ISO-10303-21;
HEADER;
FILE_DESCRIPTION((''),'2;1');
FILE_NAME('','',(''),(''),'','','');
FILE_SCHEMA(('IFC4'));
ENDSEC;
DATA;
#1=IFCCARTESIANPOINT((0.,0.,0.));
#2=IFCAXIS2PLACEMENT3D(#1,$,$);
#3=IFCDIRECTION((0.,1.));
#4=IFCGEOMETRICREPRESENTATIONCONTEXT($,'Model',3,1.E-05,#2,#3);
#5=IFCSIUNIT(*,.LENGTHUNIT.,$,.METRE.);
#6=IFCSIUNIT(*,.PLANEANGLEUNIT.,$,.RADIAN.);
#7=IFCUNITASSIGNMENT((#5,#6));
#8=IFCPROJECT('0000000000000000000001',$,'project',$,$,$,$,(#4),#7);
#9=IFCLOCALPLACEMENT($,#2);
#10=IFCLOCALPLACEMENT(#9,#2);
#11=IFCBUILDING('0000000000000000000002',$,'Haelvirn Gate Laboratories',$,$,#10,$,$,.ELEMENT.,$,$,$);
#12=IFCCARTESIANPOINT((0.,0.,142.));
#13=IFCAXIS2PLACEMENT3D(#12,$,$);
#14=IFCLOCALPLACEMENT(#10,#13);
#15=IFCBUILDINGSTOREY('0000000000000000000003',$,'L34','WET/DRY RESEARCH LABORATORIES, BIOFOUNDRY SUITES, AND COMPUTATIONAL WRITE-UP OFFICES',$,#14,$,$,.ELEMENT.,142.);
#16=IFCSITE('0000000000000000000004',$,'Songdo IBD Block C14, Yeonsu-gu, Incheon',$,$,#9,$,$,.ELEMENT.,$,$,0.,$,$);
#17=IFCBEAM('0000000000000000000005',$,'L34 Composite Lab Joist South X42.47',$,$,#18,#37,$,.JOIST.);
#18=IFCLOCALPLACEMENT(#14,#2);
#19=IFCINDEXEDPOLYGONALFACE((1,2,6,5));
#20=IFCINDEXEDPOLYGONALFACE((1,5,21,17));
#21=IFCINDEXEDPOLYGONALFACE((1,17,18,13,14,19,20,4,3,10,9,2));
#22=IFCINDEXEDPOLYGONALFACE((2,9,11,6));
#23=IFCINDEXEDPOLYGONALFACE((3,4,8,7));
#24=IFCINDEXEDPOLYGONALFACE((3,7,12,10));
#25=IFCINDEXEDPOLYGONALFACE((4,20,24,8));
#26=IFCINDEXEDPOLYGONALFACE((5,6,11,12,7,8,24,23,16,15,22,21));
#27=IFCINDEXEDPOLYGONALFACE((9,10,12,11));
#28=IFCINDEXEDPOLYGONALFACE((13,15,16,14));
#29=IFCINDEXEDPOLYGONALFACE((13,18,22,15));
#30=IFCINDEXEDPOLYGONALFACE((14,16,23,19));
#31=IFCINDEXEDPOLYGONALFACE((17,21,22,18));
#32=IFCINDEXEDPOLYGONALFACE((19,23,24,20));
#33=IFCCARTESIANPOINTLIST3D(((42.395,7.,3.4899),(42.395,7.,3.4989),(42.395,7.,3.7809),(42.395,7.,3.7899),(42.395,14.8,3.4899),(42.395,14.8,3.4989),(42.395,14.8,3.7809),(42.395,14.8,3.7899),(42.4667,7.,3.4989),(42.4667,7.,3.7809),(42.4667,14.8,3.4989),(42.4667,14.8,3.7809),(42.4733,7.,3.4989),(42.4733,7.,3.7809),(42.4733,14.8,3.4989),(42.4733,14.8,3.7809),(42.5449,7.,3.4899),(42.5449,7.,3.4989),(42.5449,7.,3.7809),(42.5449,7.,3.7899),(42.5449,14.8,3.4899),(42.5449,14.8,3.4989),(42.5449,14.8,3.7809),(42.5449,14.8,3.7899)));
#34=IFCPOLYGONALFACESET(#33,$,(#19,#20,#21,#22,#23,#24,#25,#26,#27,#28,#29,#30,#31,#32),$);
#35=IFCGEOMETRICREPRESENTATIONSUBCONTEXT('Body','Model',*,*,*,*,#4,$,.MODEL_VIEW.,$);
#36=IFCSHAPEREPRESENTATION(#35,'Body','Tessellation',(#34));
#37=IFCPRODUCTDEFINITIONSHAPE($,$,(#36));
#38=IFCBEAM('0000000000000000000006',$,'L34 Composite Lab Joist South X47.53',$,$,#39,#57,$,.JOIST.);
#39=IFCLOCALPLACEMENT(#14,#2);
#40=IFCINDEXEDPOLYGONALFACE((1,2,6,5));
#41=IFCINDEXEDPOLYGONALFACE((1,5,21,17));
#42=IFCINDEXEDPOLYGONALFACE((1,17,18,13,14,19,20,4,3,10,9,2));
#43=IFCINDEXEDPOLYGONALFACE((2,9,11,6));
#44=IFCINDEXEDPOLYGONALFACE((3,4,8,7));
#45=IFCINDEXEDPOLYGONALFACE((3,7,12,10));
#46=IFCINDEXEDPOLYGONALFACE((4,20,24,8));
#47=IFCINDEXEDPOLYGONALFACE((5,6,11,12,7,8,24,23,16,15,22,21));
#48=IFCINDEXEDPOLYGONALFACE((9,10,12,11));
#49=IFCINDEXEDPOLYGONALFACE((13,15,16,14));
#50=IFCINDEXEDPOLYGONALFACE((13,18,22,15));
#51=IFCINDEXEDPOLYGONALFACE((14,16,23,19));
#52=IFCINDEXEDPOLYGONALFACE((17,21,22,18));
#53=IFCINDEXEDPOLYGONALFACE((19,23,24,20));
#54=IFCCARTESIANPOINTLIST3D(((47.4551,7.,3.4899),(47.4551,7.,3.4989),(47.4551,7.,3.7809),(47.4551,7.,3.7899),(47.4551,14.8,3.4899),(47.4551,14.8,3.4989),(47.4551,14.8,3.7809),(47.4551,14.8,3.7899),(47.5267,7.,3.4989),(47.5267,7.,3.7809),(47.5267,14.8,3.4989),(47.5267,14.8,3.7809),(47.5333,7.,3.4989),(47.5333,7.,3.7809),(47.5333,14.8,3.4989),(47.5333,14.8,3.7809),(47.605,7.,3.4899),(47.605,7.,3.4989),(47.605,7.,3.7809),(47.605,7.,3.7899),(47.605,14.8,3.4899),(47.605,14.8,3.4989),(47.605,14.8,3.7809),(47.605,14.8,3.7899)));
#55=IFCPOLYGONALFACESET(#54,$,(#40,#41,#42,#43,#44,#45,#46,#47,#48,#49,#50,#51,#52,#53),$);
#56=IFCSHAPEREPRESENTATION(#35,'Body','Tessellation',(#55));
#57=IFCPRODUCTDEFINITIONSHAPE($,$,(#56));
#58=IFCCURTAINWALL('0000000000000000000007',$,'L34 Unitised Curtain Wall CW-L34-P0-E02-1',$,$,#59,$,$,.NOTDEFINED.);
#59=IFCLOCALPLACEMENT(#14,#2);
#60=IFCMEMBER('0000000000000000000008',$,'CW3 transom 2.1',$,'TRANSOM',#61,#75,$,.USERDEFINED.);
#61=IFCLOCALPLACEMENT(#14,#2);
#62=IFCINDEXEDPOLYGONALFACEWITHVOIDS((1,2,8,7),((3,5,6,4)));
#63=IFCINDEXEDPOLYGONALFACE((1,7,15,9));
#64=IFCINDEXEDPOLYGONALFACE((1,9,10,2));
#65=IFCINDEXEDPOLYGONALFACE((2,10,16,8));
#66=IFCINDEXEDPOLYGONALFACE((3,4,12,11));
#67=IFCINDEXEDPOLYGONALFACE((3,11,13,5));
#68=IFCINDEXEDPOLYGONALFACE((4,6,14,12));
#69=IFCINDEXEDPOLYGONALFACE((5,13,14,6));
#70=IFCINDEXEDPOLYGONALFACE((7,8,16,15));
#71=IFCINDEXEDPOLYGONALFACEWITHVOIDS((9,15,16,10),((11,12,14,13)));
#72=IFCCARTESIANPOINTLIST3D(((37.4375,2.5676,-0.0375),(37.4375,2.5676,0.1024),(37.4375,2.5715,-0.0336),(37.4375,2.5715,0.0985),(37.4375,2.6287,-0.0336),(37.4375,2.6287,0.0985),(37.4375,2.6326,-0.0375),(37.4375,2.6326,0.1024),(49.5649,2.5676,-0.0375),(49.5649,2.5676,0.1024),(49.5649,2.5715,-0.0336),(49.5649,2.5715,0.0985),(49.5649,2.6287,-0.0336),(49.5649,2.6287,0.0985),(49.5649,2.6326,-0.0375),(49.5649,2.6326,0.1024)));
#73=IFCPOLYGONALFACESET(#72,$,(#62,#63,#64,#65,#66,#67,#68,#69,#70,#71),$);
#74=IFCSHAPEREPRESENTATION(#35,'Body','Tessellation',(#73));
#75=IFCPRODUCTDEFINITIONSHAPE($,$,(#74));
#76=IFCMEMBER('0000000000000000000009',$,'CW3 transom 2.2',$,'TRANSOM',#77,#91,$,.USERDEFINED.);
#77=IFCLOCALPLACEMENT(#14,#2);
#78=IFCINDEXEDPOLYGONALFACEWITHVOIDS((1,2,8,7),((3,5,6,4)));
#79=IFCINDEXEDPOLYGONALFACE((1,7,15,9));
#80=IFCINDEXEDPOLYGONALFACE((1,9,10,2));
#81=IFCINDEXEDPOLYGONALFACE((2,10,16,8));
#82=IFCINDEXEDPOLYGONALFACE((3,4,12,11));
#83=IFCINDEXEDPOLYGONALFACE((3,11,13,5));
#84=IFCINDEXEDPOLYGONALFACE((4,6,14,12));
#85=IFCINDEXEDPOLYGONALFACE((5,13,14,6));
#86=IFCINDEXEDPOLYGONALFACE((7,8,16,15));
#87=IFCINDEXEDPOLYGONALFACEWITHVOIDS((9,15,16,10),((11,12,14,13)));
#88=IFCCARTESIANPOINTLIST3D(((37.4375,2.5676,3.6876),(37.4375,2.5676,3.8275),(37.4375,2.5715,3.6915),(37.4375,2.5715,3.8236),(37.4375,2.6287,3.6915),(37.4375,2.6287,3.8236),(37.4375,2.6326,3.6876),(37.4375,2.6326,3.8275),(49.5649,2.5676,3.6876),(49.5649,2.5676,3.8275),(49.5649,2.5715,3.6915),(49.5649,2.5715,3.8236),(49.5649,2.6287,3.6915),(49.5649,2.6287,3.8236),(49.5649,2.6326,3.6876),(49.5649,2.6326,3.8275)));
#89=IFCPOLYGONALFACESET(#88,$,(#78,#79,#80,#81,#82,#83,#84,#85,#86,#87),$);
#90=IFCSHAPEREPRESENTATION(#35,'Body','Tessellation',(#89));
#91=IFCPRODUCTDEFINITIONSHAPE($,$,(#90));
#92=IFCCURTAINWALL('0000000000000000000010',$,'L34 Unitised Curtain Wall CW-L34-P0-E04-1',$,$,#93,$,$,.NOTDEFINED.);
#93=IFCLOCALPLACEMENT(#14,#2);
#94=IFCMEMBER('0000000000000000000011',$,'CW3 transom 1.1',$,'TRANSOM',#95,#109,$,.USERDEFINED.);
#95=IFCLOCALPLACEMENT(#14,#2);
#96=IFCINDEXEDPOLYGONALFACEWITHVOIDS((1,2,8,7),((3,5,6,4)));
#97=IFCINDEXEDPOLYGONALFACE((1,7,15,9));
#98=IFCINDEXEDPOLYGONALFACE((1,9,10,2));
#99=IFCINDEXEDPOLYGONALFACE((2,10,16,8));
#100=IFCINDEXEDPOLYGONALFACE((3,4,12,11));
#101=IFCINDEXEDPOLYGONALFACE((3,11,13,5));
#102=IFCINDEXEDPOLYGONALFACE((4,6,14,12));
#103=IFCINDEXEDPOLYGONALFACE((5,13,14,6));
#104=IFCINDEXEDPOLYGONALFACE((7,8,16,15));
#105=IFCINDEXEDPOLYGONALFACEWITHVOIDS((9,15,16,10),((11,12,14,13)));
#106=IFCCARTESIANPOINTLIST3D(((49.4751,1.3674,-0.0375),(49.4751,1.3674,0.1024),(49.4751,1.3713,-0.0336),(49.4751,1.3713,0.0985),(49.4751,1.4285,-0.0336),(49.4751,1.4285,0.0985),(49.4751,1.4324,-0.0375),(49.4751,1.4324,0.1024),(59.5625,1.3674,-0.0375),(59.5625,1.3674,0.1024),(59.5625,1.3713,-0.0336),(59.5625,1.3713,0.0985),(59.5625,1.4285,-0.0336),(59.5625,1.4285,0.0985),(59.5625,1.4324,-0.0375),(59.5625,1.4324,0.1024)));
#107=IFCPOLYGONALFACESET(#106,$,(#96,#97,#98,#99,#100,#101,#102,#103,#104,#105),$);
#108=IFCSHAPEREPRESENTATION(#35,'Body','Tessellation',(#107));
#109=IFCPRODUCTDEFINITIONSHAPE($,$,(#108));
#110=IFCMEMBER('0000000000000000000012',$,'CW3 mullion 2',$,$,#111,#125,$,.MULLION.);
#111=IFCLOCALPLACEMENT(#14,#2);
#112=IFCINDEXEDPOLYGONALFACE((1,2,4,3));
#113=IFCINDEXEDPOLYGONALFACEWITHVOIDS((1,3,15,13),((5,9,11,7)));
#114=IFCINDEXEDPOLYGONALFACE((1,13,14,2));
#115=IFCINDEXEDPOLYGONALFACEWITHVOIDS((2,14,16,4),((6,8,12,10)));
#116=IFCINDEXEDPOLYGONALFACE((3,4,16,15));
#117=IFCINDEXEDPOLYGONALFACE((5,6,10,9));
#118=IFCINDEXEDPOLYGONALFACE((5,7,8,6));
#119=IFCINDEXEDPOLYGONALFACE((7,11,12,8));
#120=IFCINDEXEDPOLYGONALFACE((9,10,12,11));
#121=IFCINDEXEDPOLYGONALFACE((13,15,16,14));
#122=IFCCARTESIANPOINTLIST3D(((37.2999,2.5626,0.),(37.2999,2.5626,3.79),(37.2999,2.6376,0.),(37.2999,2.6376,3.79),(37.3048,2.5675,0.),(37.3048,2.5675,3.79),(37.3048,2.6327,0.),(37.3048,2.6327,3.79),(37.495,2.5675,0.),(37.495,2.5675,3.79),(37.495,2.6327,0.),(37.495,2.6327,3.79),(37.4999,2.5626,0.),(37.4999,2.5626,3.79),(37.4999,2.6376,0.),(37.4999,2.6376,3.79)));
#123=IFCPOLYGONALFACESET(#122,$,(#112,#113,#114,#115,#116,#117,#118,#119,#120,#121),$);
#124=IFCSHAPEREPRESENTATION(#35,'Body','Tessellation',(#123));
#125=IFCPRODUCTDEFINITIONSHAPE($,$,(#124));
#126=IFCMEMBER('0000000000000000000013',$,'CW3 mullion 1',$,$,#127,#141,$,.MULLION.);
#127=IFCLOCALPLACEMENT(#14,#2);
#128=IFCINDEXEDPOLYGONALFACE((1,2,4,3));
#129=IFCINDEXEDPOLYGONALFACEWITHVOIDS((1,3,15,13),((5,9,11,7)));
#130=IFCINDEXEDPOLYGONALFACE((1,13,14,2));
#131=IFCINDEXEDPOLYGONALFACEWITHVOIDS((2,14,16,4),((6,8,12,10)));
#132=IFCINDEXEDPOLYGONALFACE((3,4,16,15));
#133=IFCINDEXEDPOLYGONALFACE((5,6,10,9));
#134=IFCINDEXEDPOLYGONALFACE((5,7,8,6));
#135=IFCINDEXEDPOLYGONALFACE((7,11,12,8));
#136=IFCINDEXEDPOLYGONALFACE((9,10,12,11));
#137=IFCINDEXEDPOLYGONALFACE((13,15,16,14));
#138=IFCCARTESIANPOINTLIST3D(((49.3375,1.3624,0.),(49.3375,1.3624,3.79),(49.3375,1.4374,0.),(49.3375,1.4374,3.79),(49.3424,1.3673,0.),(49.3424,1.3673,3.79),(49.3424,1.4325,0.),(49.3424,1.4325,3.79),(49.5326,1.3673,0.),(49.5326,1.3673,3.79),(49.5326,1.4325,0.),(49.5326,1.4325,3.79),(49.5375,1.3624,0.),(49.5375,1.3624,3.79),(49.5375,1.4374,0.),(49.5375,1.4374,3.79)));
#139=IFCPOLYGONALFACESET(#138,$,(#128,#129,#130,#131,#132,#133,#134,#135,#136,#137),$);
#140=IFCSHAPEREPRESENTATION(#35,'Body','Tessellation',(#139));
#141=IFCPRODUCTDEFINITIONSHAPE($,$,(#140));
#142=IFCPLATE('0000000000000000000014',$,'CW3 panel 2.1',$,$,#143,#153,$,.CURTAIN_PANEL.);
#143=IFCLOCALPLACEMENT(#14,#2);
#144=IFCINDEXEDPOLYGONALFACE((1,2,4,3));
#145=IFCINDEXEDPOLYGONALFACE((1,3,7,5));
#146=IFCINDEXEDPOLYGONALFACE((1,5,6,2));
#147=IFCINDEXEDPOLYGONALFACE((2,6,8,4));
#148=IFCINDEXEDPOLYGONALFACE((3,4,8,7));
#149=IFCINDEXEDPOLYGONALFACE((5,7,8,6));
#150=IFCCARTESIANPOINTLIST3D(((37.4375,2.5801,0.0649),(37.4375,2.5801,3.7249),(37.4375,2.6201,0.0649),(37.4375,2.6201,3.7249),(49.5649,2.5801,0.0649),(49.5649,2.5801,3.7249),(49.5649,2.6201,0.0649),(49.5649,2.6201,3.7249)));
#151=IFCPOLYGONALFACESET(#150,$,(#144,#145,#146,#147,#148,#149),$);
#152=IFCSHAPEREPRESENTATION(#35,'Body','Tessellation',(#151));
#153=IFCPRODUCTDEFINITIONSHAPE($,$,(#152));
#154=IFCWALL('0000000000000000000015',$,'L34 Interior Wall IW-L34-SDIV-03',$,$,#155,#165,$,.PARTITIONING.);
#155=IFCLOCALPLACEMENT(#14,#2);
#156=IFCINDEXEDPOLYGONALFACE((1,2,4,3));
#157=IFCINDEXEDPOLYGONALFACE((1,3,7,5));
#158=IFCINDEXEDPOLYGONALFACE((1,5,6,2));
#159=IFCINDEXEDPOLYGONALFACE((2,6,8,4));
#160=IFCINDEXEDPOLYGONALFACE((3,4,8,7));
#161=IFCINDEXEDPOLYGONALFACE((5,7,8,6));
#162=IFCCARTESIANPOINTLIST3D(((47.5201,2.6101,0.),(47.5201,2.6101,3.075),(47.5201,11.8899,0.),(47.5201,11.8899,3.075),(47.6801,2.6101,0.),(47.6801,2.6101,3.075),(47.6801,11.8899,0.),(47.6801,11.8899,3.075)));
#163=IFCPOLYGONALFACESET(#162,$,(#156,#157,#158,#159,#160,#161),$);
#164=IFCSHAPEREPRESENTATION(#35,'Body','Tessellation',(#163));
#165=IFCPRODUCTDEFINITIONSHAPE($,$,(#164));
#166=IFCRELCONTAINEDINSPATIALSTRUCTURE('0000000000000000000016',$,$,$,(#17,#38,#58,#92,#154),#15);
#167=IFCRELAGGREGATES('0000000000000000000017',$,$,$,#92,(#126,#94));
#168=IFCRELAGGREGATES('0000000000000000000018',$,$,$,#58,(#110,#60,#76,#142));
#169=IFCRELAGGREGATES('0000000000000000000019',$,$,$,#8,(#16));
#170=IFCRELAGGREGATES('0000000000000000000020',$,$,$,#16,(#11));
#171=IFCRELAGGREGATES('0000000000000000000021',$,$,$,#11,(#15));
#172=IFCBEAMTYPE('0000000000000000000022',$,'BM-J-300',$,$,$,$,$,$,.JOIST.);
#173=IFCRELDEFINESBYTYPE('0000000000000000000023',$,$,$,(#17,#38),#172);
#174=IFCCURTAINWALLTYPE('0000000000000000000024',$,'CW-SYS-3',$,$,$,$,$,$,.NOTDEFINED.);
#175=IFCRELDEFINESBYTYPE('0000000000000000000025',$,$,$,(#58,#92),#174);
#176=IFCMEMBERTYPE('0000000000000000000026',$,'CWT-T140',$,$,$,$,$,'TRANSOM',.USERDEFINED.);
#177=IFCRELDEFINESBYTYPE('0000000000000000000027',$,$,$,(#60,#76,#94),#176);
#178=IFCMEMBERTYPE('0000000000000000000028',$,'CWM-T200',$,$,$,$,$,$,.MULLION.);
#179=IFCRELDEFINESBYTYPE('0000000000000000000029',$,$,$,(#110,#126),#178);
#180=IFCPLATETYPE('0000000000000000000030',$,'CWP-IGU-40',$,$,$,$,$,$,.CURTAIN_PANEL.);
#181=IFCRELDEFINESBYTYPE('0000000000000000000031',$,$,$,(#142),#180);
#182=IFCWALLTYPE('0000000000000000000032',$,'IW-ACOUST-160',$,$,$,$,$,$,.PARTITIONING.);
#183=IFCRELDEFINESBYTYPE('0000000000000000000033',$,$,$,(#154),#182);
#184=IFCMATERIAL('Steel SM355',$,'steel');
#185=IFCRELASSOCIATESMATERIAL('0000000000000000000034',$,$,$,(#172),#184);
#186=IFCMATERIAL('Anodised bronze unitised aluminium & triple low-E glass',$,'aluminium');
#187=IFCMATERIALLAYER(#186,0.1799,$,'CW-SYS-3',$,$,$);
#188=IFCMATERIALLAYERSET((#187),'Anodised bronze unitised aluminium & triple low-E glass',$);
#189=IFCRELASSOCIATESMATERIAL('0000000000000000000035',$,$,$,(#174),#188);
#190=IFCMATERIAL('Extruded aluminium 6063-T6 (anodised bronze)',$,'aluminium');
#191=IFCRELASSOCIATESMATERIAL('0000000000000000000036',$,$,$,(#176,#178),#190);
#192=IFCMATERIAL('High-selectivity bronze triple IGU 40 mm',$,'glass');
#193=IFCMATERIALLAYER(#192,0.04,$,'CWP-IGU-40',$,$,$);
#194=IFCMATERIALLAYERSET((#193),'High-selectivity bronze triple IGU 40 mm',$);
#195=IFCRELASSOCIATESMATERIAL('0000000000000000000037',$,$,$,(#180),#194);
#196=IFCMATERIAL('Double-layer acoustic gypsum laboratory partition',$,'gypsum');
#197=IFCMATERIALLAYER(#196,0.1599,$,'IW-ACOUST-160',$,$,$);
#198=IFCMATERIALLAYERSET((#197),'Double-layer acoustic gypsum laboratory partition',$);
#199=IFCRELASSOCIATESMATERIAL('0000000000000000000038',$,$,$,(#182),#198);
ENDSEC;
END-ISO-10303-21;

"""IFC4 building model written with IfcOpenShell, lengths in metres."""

from ifc_helpers import new_model, si_unit, direction, frame, frame_2d, origin, origin_2d, place, context, subcontext, project, spatial, rectangle, hollow_rectangle, i_section, extrude, source, transform, mapped, material, layer, layer_set, material_profile, profile_set, type_object, type_shapes, element, aggregate, save


model = new_model("IFC4")

# Units and contexts
model_context = context("Model", 3, precision=1e-05, world=origin(), true_north=direction((0.0, 1.0)))
body_context = subcontext(model_context, "Body", "Model", "MODEL_VIEW")
ifc_project = project(units=[si_unit("LENGTHUNIT", "METRE"), si_unit("PLANEANGLEUNIT", "RADIAN")], contexts=[model_context])

# Site, building, storey
site_placement = place(None, origin())
site = spatial("IfcSite", under=ifc_project, at=site_placement, Name="Songdo IBD Block C14, Yeonsu-gu, Incheon", CompositionType="ELEMENT", RefElevation=0.0)
building_placement = place(site_placement, origin())
building = spatial("IfcBuilding", under=site, at=building_placement, Name="Haelvirn Gate Laboratories", CompositionType="ELEMENT")
storey_placement = place(building_placement, frame((0.0, 0.0, 142.0)))
storey = spatial("IfcBuildingStorey", under=building, at=storey_placement, Name="L34", Description="WET/DRY RESEARCH LABORATORIES, BIOFOUNDRY SUITES, AND COMPUTATIONAL WRITE-UP OFFICES", CompositionType="ELEMENT", Elevation=142.0)

# Shared definitions
ifc_material_1 = material(Name="Steel SM355", Category="steel")

# Beams
ifc_material_profile_1 = material_profile(ifc_material_1, i_section(OverallWidth=0.1499, OverallDepth=0.3, WebThickness=0.0066, FlangeThickness=0.009, at=origin_2d()), Name="H-300x150x6.5x9")
ifc_profile_set_1 = profile_set([ifc_material_profile_1], Name="Steel SM355")
beam_type_1 = type_object("IfcBeamType", Name="BM-J-300", PredefinedType="JOIST", material=ifc_profile_set_1)
shared_shape_1 = source(origin(), body_context, "Body", "SweptSolid", [
    extrude(i_section(OverallWidth=0.1499, OverallDepth=0.3, WebThickness=0.0066, FlangeThickness=0.009, at=origin_2d()), origin(), (0.0, 0.0, 1.0), 7.8),
])
type_shapes(beam_type_1, [shared_shape_1])
for number, where, z_axis, x_axis, name in (
    (1, (42.47, 7.0, 3.6399), (0.0, 1.0, 0.0), (-1.0, 0.0, 0.0), "L34 Composite Lab Joist South X42.47"),
    (2, (47.53, 7.0, 3.6399), (0.0, 1.0, 0.0), (-1.0, 0.0, 0.0), "L34 Composite Lab Joist South X47.53"),
):
    element("IfcBeam", number, at=place(storey_placement, frame(where, z_axis=z_axis, x_axis=x_axis)), inside=storey, type_object=beam_type_1, Name=name, PredefinedType="JOIST", context=body_context, shape_type="MappedRepresentation", body=[
        mapped(shared_shape_1, transform((0.0, 0.0, 0.0), scale=1.0)),
    ])

# Curtain wall, members
ifc_material_2 = material(Name="Anodised bronze unitised aluminium & triple low-E glass", Category="aluminium")
ifc_layer_1 = layer(ifc_material_2, 0.1799, Name="CW-SYS-3")
ifc_layer_set_1 = layer_set([ifc_layer_1], Name="Anodised bronze unitised aluminium & triple low-E glass")
curtain_wall_type = type_object("IfcCurtainWallType", Name="CW-SYS-3", PredefinedType="NOTDEFINED", material=ifc_layer_set_1)
curtain_wall_1_placement = place(storey_placement, origin())
curtain_wall_1 = element("IfcCurtainWall", 3, at=curtain_wall_1_placement, inside=storey, type_object=curtain_wall_type, Name="L34 Unitised Curtain Wall CW-L34-P0-E02-1", PredefinedType="NOTDEFINED")
ifc_material_3 = material(Name="Extruded aluminium 6063-T6 (anodised bronze)", Category="aluminium")
ifc_material_profile_2 = material_profile(ifc_material_3, hollow_rectangle(XDim=0.0649, YDim=0.1399, WallThickness=0.0039, at=origin_2d()), Name="CWT-140x65x4")
ifc_profile_set_2 = profile_set([ifc_material_profile_2], Name="Extruded aluminium 6063-T6 (anodised bronze)")
member_type_1 = type_object("IfcMemberType", Name="CWT-T140", ElementType="TRANSOM", PredefinedType="USERDEFINED", material=ifc_profile_set_2)
shared_shape_2 = source(origin(), body_context, "Body", "SweptSolid", [
    extrude(hollow_rectangle(XDim=0.0649, YDim=0.1399, WallThickness=0.0039, at=origin_2d()), origin(), (0.0, 0.0, 1.0), 12.1274),
])
member_1_placement = place(storey_placement, frame((37.4375, 2.6001, 0.0325), z_axis=(1.0, 0.0, 0.0), x_axis=(0.0, 1.0, 0.0)))
member_1 = element("IfcMember", 4, at=member_1_placement, type_object=member_type_1, Name="CW3 transom 2.1", ObjectType="TRANSOM", PredefinedType="USERDEFINED", context=body_context, shape_type="MappedRepresentation", body=[
    mapped(shared_shape_2, transform((0.0, 0.0, 0.0), scale=1.0)),
])
member_2_placement = place(storey_placement, frame((37.4375, 2.6001, 3.7576), z_axis=(1.0, 0.0, 0.0), x_axis=(0.0, 1.0, 0.0)))
member_2 = element("IfcMember", 5, at=member_2_placement, type_object=member_type_1, Name="CW3 transom 2.2", ObjectType="TRANSOM", PredefinedType="USERDEFINED", context=body_context, shape_type="MappedRepresentation", body=[
    mapped(shared_shape_2, transform((0.0, 0.0, 0.0), scale=1.0)),
])

# Curtain wall, member
curtain_wall_2_placement = place(storey_placement, origin())
curtain_wall_2 = element("IfcCurtainWall", 6, at=curtain_wall_2_placement, inside=storey, type_object=curtain_wall_type, Name="L34 Unitised Curtain Wall CW-L34-P0-E04-1", PredefinedType="NOTDEFINED")
shared_shape_3 = source(origin(), body_context, "Body", "SweptSolid", [
    extrude(hollow_rectangle(XDim=0.0649, YDim=0.1399, WallThickness=0.0039, at=origin_2d()), origin(), (0.0, 0.0, 1.0), 10.0874),
])
type_shapes(member_type_1, [shared_shape_2, shared_shape_3])
member_3_placement = place(storey_placement, frame((49.4751, 1.3999, 0.0325), z_axis=(1.0, 0.0, 0.0), x_axis=(0.0, 1.0, 0.0)))
member_3 = element("IfcMember", 7, at=member_3_placement, type_object=member_type_1, Name="CW3 transom 1.1", ObjectType="TRANSOM", PredefinedType="USERDEFINED", context=body_context, shape_type="MappedRepresentation", body=[
    mapped(shared_shape_3, transform((0.0, 0.0, 0.0), scale=1.0)),
])

# Members
ifc_material_profile_3 = material_profile(ifc_material_3, hollow_rectangle(XDim=0.075, YDim=0.2, WallThickness=0.0049, at=origin_2d()), Name="CWM-200x75x5")
ifc_profile_set_3 = profile_set([ifc_material_profile_3], Name="Extruded aluminium 6063-T6 (anodised bronze)")
member_type_2 = type_object("IfcMemberType", Name="CWM-T200", PredefinedType="MULLION", material=ifc_profile_set_3)
shared_shape_4 = source(origin(), body_context, "Body", "SweptSolid", [
    extrude(hollow_rectangle(XDim=0.075, YDim=0.2, WallThickness=0.0049, at=origin_2d()), origin(), (0.0, 0.0, 1.0), 3.79),
])
type_shapes(member_type_2, [shared_shape_4])
member_4_placement = place(storey_placement, frame((37.3999, 2.6001, 0.0), z_axis=(0.0, 0.0, 1.0), x_axis=(0.0, 1.0, 0.0)))
member_4 = element("IfcMember", 8, at=member_4_placement, type_object=member_type_2, Name="CW3 mullion 2", PredefinedType="MULLION", context=body_context, shape_type="MappedRepresentation", body=[
    mapped(shared_shape_4, transform((0.0, 0.0, 0.0), scale=1.0)),
])
member_5_placement = place(storey_placement, frame((49.4375, 1.3999, 0.0), z_axis=(0.0, 0.0, 1.0), x_axis=(0.0, 1.0, 0.0)))
member_5 = element("IfcMember", 9, at=member_5_placement, type_object=member_type_2, Name="CW3 mullion 1", PredefinedType="MULLION", context=body_context, shape_type="MappedRepresentation", body=[
    mapped(shared_shape_4, transform((0.0, 0.0, 0.0), scale=1.0)),
])
aggregate(curtain_wall_2, [member_5, member_3])

# Plate
ifc_material_4 = material(Name="High-selectivity bronze triple IGU 40 mm", Category="glass")
ifc_layer_2 = layer(ifc_material_4, 0.04, Name="CWP-IGU-40")
ifc_layer_set_2 = layer_set([ifc_layer_2], Name="High-selectivity bronze triple IGU 40 mm")
plate_type = type_object("IfcPlateType", Name="CWP-IGU-40", PredefinedType="CURTAIN_PANEL", material=ifc_layer_set_2)
shared_shape_5 = source(origin(), body_context, "Body", "SweptSolid", [
    extrude(rectangle(XDim=12.1274, YDim=0.04, at=origin_2d()), origin(), (0.0, 0.0, 1.0), 3.6599),
])
type_shapes(plate_type, [shared_shape_5])
plate_placement = place(storey_placement, frame((43.5012, 2.6001, 0.0649), z_axis=(0.0, 0.0, 1.0), x_axis=(1.0, 0.0, 0.0)))
plate = element("IfcPlate", 10, at=plate_placement, type_object=plate_type, Name="CW3 panel 2.1", PredefinedType="CURTAIN_PANEL", context=body_context, shape_type="MappedRepresentation", body=[
    mapped(shared_shape_5, transform((0.0, 0.0, 0.0), scale=1.0)),
])
aggregate(curtain_wall_1, [member_4, member_1, member_2, plate])

# Wall
ifc_material_5 = material(Name="Double-layer acoustic gypsum laboratory partition", Category="gypsum")
ifc_layer_3 = layer(ifc_material_5, 0.1599, Name="IW-ACOUST-160")
ifc_layer_set_3 = layer_set([ifc_layer_3], Name="Double-layer acoustic gypsum laboratory partition")
wall_type_1 = type_object("IfcWallType", Name="IW-ACOUST-160", PredefinedType="PARTITIONING", material=ifc_layer_set_3)
wall_1_placement = place(storey_placement, frame((47.6001, 2.6101, 0.0), z_axis=(0.0, 0.0, 1.0), x_axis=(0.0, 1.0, 0.0)))
element("IfcWall", 11, at=wall_1_placement, inside=storey, type_object=wall_type_1, Name="L34 Interior Wall IW-L34-SDIV-03", PredefinedType="PARTITIONING", context=body_context, shape_type="SweptSolid", body=[
    extrude(rectangle(XDim=9.2798, YDim=0.1599, at=frame_2d((4.6399, 0.0))), origin(), (0.0, 0.0, 1.0), 3.075),
])

save(model, "model.ifc")
